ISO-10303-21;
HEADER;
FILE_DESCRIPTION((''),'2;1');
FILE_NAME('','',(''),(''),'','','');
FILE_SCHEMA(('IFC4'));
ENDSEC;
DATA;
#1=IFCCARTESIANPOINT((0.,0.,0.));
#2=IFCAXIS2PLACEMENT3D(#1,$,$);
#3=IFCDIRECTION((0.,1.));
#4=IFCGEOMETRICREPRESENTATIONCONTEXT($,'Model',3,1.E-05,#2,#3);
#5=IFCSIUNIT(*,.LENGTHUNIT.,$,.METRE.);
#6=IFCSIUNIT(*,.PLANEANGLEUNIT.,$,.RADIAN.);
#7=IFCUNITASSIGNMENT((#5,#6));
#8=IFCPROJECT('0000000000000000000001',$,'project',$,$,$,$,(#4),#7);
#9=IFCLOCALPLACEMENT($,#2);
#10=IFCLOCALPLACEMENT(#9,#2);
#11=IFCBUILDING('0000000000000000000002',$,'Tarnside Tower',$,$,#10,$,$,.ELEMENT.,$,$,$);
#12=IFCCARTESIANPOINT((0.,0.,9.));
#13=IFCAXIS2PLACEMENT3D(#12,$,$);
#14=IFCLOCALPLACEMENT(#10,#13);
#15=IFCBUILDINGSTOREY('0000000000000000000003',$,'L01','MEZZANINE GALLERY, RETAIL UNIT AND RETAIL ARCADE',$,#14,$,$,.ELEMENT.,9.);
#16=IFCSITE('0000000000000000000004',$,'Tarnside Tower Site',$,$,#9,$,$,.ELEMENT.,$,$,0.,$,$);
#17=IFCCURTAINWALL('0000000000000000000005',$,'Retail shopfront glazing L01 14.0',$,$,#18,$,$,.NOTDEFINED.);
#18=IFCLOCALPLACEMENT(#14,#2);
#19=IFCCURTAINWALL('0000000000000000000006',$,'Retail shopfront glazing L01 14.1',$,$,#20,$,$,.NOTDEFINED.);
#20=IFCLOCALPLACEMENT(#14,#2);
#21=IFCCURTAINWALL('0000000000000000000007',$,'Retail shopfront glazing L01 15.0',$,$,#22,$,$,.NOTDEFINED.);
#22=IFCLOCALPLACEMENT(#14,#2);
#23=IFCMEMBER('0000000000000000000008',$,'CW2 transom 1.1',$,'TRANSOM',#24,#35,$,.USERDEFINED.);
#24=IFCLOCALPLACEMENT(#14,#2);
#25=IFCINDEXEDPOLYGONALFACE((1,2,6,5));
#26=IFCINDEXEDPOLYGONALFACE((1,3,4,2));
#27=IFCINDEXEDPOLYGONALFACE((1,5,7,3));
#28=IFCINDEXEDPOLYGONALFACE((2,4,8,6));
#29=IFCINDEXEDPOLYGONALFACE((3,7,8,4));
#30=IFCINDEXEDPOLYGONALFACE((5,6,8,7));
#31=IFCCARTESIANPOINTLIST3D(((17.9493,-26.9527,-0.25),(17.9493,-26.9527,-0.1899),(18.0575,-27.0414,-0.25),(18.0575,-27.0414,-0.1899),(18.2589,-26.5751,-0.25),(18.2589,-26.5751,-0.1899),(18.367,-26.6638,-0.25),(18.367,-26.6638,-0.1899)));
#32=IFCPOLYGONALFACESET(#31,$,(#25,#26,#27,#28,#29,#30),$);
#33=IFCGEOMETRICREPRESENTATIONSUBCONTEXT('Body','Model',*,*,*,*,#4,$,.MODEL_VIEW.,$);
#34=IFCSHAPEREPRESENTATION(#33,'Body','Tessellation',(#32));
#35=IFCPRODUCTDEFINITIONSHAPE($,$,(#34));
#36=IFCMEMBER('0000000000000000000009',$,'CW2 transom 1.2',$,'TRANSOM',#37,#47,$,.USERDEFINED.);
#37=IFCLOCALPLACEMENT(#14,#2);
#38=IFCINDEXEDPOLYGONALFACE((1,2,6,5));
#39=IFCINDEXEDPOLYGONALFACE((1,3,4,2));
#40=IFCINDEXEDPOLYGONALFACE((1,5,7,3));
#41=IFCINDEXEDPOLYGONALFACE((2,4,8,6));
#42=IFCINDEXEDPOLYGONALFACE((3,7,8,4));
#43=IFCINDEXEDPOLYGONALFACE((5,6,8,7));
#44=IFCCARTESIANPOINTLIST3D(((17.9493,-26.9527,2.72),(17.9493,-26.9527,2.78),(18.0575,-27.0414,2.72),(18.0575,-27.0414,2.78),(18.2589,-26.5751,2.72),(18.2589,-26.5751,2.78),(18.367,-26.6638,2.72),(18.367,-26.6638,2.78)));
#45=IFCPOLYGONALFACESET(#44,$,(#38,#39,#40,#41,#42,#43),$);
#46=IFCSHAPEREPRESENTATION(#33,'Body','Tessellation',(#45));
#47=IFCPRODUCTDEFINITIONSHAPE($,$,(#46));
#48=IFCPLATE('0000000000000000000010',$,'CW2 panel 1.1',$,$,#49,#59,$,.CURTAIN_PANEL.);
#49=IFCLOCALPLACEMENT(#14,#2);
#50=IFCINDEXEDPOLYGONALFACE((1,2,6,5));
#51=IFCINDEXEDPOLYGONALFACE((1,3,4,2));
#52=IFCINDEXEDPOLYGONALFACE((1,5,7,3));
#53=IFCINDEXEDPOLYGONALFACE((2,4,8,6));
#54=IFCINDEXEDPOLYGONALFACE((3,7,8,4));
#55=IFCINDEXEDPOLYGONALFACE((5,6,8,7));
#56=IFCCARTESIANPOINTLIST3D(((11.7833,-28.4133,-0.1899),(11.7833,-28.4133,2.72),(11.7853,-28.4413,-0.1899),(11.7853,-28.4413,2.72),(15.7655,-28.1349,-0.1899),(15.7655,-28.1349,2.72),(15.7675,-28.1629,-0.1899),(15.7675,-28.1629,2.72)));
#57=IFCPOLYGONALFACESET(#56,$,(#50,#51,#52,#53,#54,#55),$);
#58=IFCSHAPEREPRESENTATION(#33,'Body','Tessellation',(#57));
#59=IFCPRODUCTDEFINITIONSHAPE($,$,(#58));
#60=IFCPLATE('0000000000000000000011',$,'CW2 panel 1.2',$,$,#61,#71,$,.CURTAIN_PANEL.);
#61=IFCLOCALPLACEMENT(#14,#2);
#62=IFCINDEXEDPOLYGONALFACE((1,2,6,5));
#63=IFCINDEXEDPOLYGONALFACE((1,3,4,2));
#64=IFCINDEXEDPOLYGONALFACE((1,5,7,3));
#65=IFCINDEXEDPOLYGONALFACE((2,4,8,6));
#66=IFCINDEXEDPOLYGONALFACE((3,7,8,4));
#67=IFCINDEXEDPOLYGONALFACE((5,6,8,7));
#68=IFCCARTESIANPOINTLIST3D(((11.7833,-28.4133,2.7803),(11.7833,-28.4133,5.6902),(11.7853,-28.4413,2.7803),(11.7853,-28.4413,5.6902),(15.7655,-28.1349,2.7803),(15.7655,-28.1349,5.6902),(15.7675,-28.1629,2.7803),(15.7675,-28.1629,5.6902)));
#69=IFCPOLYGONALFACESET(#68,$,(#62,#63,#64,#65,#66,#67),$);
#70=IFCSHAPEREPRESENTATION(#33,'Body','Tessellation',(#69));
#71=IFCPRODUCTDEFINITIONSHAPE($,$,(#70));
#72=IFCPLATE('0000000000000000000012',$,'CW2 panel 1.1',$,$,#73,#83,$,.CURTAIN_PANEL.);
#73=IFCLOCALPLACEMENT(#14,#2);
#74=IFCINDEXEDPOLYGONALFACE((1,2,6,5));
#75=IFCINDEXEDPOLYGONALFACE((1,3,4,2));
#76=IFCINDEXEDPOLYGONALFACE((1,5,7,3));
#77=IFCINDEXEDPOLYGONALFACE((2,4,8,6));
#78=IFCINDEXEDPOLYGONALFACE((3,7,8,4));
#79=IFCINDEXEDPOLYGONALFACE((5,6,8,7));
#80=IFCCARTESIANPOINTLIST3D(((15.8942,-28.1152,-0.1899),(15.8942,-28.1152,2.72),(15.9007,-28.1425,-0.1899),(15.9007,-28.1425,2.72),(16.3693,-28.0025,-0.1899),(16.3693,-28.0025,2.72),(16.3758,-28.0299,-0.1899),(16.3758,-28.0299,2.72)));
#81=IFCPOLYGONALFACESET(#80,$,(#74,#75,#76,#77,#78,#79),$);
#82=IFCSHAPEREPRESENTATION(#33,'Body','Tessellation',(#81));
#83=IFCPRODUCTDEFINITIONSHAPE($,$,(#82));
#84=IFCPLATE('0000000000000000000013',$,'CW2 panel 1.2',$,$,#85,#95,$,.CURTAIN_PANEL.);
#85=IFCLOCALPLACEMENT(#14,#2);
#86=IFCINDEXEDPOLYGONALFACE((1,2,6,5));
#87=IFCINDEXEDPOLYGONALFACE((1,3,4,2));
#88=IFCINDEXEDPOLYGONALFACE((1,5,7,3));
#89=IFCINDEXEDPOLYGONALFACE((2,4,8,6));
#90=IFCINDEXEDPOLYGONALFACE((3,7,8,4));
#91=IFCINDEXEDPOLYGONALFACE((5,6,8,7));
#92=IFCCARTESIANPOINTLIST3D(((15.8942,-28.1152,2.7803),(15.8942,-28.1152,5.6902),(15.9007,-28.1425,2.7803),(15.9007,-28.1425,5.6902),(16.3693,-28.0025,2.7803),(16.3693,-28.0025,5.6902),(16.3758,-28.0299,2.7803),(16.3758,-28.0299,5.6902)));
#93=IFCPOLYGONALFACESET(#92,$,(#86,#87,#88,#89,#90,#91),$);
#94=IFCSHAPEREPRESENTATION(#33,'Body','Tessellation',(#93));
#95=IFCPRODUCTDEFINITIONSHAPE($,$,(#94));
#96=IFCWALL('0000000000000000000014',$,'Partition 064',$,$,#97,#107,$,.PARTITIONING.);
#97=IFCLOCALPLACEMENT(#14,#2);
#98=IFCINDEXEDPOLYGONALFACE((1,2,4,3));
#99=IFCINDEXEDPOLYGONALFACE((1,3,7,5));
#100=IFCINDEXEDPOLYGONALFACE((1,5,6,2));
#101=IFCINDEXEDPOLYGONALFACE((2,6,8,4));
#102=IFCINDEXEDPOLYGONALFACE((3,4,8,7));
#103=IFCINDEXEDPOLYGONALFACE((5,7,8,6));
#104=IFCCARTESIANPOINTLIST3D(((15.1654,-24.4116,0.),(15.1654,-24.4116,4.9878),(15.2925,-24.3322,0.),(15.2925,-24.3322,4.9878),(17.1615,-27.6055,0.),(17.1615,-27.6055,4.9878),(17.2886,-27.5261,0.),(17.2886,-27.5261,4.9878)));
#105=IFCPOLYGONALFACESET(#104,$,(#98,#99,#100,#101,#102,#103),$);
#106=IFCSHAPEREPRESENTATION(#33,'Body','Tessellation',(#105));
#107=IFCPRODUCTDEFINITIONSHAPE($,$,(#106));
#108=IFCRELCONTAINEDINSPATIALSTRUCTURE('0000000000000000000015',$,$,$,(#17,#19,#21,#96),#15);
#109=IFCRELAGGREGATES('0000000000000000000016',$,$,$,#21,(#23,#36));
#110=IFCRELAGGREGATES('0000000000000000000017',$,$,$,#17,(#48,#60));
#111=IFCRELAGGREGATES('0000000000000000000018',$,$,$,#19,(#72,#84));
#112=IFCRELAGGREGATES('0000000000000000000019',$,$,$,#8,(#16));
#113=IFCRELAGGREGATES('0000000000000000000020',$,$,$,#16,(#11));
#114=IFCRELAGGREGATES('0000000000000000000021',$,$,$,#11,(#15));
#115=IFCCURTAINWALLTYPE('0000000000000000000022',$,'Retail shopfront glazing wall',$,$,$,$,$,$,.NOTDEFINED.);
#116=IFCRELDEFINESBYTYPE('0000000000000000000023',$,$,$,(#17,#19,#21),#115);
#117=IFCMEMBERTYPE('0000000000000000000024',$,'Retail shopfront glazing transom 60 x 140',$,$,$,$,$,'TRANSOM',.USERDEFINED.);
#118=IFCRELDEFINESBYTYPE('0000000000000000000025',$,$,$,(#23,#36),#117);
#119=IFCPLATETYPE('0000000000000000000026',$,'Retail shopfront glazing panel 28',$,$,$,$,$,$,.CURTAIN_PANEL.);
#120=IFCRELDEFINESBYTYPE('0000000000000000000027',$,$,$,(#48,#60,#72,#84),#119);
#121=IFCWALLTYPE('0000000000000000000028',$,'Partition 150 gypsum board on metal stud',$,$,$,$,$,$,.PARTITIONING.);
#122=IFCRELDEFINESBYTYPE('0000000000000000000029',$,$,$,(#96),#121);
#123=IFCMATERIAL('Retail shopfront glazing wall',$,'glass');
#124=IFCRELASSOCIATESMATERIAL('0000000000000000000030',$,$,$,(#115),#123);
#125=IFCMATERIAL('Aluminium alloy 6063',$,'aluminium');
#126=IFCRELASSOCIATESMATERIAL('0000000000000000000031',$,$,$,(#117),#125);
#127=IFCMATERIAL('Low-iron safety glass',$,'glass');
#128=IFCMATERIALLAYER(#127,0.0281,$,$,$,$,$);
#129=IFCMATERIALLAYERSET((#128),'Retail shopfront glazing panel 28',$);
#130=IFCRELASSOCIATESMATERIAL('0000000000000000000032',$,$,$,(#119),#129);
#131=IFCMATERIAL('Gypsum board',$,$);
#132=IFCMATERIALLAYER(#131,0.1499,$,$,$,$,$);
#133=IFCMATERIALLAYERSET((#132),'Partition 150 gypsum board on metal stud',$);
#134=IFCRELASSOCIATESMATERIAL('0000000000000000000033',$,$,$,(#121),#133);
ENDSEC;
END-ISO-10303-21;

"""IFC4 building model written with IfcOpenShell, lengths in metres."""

from ifc_helpers import new_model, si_unit, direction, frame, frame_2d, origin, origin_2d, place, context, subcontext, project, spatial, rectangle, extrude, material, layer, layer_set, material_profile, profile_set, type_object, element, aggregate, save


model = new_model("IFC4")

# Units and contexts
model_context = context("Model", 3, precision=1e-05, world=origin(), true_north=direction((0.0, 1.0)))
body_context = subcontext(model_context, "Body", "Model", "MODEL_VIEW")
ifc_project = project(units=[si_unit("LENGTHUNIT", "METRE"), si_unit("PLANEANGLEUNIT", "RADIAN")], contexts=[model_context])

# Site, building, storey
site_placement = place(None, origin())
site = spatial("IfcSite", under=ifc_project, at=site_placement, Name="Tarnside Tower Site", CompositionType="ELEMENT", RefElevation=0.0)
building_placement = place(site_placement, origin())
building = spatial("IfcBuilding", under=site, at=building_placement, Name="Tarnside Tower", CompositionType="ELEMENT")
storey_placement = place(building_placement, frame((0.0, 0.0, 9.0)))
storey = spatial("IfcBuildingStorey", under=building, at=storey_placement, Name="L01", Description="MEZZANINE GALLERY, RETAIL UNIT AND RETAIL ARCADE", CompositionType="ELEMENT", Elevation=9.0)

# Curtain walls
ifc_material_1 = material(Name="Retail shopfront glazing wall", Category="glass")
curtain_wall_type = type_object("IfcCurtainWallType", Name="Retail shopfront glazing wall", PredefinedType="NOTDEFINED", material=ifc_material_1)
curtain_wall_1_placement = place(storey_placement, origin())
curtain_wall_1 = element("IfcCurtainWall", 1, at=curtain_wall_1_placement, inside=storey, type_object=curtain_wall_type, Name="Retail shopfront glazing L01 14.0", PredefinedType="NOTDEFINED")
ifc_material_2 = material(Name="Aluminium alloy 6063", Category="aluminium")
curtain_wall_2_placement = place(storey_placement, origin())
curtain_wall_2 = element("IfcCurtainWall", 2, at=curtain_wall_2_placement, inside=storey, type_object=curtain_wall_type, Name="Retail shopfront glazing L01 14.1", PredefinedType="NOTDEFINED")

# Curtain wall
curtain_wall_3_placement = place(storey_placement, origin())
curtain_wall_3 = element("IfcCurtainWall", 3, at=curtain_wall_3_placement, inside=storey, type_object=curtain_wall_type, Name="Retail shopfront glazing L01 15.0", PredefinedType="NOTDEFINED")

# Members
ifc_material_profile_1 = material_profile(ifc_material_2, rectangle(XDim=0.1399, YDim=0.0601, at=origin_2d()), Name="Retail shopfront glazing transom 60 x 140")
ifc_profile_set_1 = profile_set([ifc_material_profile_1], Name="Aluminium alloy 6063")
member_type_1 = type_object("IfcMemberType", Name="Retail shopfront glazing transom 60 x 140", ElementType="TRANSOM", PredefinedType="USERDEFINED", material=ifc_profile_set_1)
member_1_placement = place(storey_placement, frame((18.0034, -26.9971, -0.22), z_axis=(0.633918, 0.7734, 0.0), x_axis=(-0.7734, 0.633918, 0.0)))
member_1 = element("IfcMember", 4, at=member_1_placement, type_object=member_type_1, Name="CW2 transom 1.1", ObjectType="TRANSOM", PredefinedType="USERDEFINED", context=body_context, shape_type="SweptSolid", body=[
    extrude(rectangle(XDim=0.1399, YDim=0.0601, at=origin_2d()), origin(), (0.0, 0.0, 1.0), 0.4883),
])
member_2_placement = place(storey_placement, frame((18.0034, -26.9971, 2.75), z_axis=(0.633918, 0.7734, 0.0), x_axis=(-0.7734, 0.633918, 0.0)))
member_2 = element("IfcMember", 5, at=member_2_placement, type_object=member_type_1, Name="CW2 transom 1.2", ObjectType="TRANSOM", PredefinedType="USERDEFINED", context=body_context, shape_type="SweptSolid", body=[
    extrude(rectangle(XDim=0.1399, YDim=0.0601, at=origin_2d()), origin(), (0.0, 0.0, 1.0), 0.4883),
])
aggregate(curtain_wall_3, [member_1, member_2])

# Plates
ifc_material_3 = material(Name="Low-iron safety glass", Category="glass")
ifc_layer_1 = layer(ifc_material_3, 0.0281)
ifc_layer_set_1 = layer_set([ifc_layer_1], Name="Retail shopfront glazing panel 28")
plate_type = type_object("IfcPlateType", Name="Retail shopfront glazing panel 28", PredefinedType="CURTAIN_PANEL", material=ifc_layer_set_1)
plate_1_placement = place(storey_placement, frame((13.7754, -28.2881, -0.1899), z_axis=(0.0, 0.0, 1.0), x_axis=(0.997564, 0.069756, 0.0)))
plate_1 = element("IfcPlate", 6, at=plate_1_placement, type_object=plate_type, Name="CW2 panel 1.1", PredefinedType="CURTAIN_PANEL", context=body_context, shape_type="SweptSolid", body=[
    extrude(rectangle(XDim=3.9919, YDim=0.0281, at=origin_2d()), origin(), (0.0, 0.0, 1.0), 2.9099),
])
plate_2_placement = place(storey_placement, frame((13.7754, -28.2881, 2.7803), z_axis=(0.0, 0.0, 1.0), x_axis=(0.997564, 0.069756, 0.0)))
plate_2 = element("IfcPlate", 7, at=plate_2_placement, type_object=plate_type, Name="CW2 panel 1.2", PredefinedType="CURTAIN_PANEL", context=body_context, shape_type="SweptSolid", body=[
    extrude(rectangle(XDim=3.9919, YDim=0.0281, at=origin_2d()), origin(), (0.0, 0.0, 1.0), 2.9099),
])
aggregate(curtain_wall_1, [plate_1, plate_2])
plate_3_placement = place(storey_placement, frame((16.135, -28.0725, -0.1899), z_axis=(0.0, 0.0, 1.0), x_axis=(0.973045, 0.230616, 0.0)))
plate_3 = element("IfcPlate", 8, at=plate_3_placement, type_object=plate_type, Name="CW2 panel 1.1", PredefinedType="CURTAIN_PANEL", context=body_context, shape_type="SweptSolid", body=[
    extrude(rectangle(XDim=0.4883, YDim=0.0281, at=origin_2d()), origin(), (0.0, 0.0, 1.0), 2.9099),
])
plate_4_placement = place(storey_placement, frame((16.135, -28.0725, 2.7803), z_axis=(0.0, 0.0, 1.0), x_axis=(0.973045, 0.230616, 0.0)))
plate_4 = element("IfcPlate", 9, at=plate_4_placement, type_object=plate_type, Name="CW2 panel 1.2", PredefinedType="CURTAIN_PANEL", context=body_context, shape_type="SweptSolid", body=[
    extrude(rectangle(XDim=0.4883, YDim=0.0281, at=origin_2d()), origin(), (0.0, 0.0, 1.0), 2.9099),
])
aggregate(curtain_wall_2, [plate_3, plate_4])

# Wall
ifc_material_4 = material(Name="Gypsum board")
ifc_layer_2 = layer(ifc_material_4, 0.1499)
ifc_layer_set_2 = layer_set([ifc_layer_2], Name="Partition 150 gypsum board on metal stud")
wall_type = type_object("IfcWallType", Name="Partition 150 gypsum board on metal stud", PredefinedType="PARTITIONING", material=ifc_layer_set_2)
wall_placement = place(storey_placement, frame((17.2251, -27.5659, 0.0), z_axis=(0.0, 0.0, 1.0), x_axis=(-0.529987, 0.848006, 0.0)))
element("IfcWall", 10, at=wall_placement, inside=storey, type_object=wall_type, Name="Partition 064", PredefinedType="PARTITIONING", context=body_context, shape_type="SweptSolid", body=[
    extrude(rectangle(XDim=3.7664, YDim=0.1499, at=frame_2d((1.8833, 0.0))), origin(), (0.0, 0.0, 1.0), 4.9878),
])

save(model, "model.ifc")
